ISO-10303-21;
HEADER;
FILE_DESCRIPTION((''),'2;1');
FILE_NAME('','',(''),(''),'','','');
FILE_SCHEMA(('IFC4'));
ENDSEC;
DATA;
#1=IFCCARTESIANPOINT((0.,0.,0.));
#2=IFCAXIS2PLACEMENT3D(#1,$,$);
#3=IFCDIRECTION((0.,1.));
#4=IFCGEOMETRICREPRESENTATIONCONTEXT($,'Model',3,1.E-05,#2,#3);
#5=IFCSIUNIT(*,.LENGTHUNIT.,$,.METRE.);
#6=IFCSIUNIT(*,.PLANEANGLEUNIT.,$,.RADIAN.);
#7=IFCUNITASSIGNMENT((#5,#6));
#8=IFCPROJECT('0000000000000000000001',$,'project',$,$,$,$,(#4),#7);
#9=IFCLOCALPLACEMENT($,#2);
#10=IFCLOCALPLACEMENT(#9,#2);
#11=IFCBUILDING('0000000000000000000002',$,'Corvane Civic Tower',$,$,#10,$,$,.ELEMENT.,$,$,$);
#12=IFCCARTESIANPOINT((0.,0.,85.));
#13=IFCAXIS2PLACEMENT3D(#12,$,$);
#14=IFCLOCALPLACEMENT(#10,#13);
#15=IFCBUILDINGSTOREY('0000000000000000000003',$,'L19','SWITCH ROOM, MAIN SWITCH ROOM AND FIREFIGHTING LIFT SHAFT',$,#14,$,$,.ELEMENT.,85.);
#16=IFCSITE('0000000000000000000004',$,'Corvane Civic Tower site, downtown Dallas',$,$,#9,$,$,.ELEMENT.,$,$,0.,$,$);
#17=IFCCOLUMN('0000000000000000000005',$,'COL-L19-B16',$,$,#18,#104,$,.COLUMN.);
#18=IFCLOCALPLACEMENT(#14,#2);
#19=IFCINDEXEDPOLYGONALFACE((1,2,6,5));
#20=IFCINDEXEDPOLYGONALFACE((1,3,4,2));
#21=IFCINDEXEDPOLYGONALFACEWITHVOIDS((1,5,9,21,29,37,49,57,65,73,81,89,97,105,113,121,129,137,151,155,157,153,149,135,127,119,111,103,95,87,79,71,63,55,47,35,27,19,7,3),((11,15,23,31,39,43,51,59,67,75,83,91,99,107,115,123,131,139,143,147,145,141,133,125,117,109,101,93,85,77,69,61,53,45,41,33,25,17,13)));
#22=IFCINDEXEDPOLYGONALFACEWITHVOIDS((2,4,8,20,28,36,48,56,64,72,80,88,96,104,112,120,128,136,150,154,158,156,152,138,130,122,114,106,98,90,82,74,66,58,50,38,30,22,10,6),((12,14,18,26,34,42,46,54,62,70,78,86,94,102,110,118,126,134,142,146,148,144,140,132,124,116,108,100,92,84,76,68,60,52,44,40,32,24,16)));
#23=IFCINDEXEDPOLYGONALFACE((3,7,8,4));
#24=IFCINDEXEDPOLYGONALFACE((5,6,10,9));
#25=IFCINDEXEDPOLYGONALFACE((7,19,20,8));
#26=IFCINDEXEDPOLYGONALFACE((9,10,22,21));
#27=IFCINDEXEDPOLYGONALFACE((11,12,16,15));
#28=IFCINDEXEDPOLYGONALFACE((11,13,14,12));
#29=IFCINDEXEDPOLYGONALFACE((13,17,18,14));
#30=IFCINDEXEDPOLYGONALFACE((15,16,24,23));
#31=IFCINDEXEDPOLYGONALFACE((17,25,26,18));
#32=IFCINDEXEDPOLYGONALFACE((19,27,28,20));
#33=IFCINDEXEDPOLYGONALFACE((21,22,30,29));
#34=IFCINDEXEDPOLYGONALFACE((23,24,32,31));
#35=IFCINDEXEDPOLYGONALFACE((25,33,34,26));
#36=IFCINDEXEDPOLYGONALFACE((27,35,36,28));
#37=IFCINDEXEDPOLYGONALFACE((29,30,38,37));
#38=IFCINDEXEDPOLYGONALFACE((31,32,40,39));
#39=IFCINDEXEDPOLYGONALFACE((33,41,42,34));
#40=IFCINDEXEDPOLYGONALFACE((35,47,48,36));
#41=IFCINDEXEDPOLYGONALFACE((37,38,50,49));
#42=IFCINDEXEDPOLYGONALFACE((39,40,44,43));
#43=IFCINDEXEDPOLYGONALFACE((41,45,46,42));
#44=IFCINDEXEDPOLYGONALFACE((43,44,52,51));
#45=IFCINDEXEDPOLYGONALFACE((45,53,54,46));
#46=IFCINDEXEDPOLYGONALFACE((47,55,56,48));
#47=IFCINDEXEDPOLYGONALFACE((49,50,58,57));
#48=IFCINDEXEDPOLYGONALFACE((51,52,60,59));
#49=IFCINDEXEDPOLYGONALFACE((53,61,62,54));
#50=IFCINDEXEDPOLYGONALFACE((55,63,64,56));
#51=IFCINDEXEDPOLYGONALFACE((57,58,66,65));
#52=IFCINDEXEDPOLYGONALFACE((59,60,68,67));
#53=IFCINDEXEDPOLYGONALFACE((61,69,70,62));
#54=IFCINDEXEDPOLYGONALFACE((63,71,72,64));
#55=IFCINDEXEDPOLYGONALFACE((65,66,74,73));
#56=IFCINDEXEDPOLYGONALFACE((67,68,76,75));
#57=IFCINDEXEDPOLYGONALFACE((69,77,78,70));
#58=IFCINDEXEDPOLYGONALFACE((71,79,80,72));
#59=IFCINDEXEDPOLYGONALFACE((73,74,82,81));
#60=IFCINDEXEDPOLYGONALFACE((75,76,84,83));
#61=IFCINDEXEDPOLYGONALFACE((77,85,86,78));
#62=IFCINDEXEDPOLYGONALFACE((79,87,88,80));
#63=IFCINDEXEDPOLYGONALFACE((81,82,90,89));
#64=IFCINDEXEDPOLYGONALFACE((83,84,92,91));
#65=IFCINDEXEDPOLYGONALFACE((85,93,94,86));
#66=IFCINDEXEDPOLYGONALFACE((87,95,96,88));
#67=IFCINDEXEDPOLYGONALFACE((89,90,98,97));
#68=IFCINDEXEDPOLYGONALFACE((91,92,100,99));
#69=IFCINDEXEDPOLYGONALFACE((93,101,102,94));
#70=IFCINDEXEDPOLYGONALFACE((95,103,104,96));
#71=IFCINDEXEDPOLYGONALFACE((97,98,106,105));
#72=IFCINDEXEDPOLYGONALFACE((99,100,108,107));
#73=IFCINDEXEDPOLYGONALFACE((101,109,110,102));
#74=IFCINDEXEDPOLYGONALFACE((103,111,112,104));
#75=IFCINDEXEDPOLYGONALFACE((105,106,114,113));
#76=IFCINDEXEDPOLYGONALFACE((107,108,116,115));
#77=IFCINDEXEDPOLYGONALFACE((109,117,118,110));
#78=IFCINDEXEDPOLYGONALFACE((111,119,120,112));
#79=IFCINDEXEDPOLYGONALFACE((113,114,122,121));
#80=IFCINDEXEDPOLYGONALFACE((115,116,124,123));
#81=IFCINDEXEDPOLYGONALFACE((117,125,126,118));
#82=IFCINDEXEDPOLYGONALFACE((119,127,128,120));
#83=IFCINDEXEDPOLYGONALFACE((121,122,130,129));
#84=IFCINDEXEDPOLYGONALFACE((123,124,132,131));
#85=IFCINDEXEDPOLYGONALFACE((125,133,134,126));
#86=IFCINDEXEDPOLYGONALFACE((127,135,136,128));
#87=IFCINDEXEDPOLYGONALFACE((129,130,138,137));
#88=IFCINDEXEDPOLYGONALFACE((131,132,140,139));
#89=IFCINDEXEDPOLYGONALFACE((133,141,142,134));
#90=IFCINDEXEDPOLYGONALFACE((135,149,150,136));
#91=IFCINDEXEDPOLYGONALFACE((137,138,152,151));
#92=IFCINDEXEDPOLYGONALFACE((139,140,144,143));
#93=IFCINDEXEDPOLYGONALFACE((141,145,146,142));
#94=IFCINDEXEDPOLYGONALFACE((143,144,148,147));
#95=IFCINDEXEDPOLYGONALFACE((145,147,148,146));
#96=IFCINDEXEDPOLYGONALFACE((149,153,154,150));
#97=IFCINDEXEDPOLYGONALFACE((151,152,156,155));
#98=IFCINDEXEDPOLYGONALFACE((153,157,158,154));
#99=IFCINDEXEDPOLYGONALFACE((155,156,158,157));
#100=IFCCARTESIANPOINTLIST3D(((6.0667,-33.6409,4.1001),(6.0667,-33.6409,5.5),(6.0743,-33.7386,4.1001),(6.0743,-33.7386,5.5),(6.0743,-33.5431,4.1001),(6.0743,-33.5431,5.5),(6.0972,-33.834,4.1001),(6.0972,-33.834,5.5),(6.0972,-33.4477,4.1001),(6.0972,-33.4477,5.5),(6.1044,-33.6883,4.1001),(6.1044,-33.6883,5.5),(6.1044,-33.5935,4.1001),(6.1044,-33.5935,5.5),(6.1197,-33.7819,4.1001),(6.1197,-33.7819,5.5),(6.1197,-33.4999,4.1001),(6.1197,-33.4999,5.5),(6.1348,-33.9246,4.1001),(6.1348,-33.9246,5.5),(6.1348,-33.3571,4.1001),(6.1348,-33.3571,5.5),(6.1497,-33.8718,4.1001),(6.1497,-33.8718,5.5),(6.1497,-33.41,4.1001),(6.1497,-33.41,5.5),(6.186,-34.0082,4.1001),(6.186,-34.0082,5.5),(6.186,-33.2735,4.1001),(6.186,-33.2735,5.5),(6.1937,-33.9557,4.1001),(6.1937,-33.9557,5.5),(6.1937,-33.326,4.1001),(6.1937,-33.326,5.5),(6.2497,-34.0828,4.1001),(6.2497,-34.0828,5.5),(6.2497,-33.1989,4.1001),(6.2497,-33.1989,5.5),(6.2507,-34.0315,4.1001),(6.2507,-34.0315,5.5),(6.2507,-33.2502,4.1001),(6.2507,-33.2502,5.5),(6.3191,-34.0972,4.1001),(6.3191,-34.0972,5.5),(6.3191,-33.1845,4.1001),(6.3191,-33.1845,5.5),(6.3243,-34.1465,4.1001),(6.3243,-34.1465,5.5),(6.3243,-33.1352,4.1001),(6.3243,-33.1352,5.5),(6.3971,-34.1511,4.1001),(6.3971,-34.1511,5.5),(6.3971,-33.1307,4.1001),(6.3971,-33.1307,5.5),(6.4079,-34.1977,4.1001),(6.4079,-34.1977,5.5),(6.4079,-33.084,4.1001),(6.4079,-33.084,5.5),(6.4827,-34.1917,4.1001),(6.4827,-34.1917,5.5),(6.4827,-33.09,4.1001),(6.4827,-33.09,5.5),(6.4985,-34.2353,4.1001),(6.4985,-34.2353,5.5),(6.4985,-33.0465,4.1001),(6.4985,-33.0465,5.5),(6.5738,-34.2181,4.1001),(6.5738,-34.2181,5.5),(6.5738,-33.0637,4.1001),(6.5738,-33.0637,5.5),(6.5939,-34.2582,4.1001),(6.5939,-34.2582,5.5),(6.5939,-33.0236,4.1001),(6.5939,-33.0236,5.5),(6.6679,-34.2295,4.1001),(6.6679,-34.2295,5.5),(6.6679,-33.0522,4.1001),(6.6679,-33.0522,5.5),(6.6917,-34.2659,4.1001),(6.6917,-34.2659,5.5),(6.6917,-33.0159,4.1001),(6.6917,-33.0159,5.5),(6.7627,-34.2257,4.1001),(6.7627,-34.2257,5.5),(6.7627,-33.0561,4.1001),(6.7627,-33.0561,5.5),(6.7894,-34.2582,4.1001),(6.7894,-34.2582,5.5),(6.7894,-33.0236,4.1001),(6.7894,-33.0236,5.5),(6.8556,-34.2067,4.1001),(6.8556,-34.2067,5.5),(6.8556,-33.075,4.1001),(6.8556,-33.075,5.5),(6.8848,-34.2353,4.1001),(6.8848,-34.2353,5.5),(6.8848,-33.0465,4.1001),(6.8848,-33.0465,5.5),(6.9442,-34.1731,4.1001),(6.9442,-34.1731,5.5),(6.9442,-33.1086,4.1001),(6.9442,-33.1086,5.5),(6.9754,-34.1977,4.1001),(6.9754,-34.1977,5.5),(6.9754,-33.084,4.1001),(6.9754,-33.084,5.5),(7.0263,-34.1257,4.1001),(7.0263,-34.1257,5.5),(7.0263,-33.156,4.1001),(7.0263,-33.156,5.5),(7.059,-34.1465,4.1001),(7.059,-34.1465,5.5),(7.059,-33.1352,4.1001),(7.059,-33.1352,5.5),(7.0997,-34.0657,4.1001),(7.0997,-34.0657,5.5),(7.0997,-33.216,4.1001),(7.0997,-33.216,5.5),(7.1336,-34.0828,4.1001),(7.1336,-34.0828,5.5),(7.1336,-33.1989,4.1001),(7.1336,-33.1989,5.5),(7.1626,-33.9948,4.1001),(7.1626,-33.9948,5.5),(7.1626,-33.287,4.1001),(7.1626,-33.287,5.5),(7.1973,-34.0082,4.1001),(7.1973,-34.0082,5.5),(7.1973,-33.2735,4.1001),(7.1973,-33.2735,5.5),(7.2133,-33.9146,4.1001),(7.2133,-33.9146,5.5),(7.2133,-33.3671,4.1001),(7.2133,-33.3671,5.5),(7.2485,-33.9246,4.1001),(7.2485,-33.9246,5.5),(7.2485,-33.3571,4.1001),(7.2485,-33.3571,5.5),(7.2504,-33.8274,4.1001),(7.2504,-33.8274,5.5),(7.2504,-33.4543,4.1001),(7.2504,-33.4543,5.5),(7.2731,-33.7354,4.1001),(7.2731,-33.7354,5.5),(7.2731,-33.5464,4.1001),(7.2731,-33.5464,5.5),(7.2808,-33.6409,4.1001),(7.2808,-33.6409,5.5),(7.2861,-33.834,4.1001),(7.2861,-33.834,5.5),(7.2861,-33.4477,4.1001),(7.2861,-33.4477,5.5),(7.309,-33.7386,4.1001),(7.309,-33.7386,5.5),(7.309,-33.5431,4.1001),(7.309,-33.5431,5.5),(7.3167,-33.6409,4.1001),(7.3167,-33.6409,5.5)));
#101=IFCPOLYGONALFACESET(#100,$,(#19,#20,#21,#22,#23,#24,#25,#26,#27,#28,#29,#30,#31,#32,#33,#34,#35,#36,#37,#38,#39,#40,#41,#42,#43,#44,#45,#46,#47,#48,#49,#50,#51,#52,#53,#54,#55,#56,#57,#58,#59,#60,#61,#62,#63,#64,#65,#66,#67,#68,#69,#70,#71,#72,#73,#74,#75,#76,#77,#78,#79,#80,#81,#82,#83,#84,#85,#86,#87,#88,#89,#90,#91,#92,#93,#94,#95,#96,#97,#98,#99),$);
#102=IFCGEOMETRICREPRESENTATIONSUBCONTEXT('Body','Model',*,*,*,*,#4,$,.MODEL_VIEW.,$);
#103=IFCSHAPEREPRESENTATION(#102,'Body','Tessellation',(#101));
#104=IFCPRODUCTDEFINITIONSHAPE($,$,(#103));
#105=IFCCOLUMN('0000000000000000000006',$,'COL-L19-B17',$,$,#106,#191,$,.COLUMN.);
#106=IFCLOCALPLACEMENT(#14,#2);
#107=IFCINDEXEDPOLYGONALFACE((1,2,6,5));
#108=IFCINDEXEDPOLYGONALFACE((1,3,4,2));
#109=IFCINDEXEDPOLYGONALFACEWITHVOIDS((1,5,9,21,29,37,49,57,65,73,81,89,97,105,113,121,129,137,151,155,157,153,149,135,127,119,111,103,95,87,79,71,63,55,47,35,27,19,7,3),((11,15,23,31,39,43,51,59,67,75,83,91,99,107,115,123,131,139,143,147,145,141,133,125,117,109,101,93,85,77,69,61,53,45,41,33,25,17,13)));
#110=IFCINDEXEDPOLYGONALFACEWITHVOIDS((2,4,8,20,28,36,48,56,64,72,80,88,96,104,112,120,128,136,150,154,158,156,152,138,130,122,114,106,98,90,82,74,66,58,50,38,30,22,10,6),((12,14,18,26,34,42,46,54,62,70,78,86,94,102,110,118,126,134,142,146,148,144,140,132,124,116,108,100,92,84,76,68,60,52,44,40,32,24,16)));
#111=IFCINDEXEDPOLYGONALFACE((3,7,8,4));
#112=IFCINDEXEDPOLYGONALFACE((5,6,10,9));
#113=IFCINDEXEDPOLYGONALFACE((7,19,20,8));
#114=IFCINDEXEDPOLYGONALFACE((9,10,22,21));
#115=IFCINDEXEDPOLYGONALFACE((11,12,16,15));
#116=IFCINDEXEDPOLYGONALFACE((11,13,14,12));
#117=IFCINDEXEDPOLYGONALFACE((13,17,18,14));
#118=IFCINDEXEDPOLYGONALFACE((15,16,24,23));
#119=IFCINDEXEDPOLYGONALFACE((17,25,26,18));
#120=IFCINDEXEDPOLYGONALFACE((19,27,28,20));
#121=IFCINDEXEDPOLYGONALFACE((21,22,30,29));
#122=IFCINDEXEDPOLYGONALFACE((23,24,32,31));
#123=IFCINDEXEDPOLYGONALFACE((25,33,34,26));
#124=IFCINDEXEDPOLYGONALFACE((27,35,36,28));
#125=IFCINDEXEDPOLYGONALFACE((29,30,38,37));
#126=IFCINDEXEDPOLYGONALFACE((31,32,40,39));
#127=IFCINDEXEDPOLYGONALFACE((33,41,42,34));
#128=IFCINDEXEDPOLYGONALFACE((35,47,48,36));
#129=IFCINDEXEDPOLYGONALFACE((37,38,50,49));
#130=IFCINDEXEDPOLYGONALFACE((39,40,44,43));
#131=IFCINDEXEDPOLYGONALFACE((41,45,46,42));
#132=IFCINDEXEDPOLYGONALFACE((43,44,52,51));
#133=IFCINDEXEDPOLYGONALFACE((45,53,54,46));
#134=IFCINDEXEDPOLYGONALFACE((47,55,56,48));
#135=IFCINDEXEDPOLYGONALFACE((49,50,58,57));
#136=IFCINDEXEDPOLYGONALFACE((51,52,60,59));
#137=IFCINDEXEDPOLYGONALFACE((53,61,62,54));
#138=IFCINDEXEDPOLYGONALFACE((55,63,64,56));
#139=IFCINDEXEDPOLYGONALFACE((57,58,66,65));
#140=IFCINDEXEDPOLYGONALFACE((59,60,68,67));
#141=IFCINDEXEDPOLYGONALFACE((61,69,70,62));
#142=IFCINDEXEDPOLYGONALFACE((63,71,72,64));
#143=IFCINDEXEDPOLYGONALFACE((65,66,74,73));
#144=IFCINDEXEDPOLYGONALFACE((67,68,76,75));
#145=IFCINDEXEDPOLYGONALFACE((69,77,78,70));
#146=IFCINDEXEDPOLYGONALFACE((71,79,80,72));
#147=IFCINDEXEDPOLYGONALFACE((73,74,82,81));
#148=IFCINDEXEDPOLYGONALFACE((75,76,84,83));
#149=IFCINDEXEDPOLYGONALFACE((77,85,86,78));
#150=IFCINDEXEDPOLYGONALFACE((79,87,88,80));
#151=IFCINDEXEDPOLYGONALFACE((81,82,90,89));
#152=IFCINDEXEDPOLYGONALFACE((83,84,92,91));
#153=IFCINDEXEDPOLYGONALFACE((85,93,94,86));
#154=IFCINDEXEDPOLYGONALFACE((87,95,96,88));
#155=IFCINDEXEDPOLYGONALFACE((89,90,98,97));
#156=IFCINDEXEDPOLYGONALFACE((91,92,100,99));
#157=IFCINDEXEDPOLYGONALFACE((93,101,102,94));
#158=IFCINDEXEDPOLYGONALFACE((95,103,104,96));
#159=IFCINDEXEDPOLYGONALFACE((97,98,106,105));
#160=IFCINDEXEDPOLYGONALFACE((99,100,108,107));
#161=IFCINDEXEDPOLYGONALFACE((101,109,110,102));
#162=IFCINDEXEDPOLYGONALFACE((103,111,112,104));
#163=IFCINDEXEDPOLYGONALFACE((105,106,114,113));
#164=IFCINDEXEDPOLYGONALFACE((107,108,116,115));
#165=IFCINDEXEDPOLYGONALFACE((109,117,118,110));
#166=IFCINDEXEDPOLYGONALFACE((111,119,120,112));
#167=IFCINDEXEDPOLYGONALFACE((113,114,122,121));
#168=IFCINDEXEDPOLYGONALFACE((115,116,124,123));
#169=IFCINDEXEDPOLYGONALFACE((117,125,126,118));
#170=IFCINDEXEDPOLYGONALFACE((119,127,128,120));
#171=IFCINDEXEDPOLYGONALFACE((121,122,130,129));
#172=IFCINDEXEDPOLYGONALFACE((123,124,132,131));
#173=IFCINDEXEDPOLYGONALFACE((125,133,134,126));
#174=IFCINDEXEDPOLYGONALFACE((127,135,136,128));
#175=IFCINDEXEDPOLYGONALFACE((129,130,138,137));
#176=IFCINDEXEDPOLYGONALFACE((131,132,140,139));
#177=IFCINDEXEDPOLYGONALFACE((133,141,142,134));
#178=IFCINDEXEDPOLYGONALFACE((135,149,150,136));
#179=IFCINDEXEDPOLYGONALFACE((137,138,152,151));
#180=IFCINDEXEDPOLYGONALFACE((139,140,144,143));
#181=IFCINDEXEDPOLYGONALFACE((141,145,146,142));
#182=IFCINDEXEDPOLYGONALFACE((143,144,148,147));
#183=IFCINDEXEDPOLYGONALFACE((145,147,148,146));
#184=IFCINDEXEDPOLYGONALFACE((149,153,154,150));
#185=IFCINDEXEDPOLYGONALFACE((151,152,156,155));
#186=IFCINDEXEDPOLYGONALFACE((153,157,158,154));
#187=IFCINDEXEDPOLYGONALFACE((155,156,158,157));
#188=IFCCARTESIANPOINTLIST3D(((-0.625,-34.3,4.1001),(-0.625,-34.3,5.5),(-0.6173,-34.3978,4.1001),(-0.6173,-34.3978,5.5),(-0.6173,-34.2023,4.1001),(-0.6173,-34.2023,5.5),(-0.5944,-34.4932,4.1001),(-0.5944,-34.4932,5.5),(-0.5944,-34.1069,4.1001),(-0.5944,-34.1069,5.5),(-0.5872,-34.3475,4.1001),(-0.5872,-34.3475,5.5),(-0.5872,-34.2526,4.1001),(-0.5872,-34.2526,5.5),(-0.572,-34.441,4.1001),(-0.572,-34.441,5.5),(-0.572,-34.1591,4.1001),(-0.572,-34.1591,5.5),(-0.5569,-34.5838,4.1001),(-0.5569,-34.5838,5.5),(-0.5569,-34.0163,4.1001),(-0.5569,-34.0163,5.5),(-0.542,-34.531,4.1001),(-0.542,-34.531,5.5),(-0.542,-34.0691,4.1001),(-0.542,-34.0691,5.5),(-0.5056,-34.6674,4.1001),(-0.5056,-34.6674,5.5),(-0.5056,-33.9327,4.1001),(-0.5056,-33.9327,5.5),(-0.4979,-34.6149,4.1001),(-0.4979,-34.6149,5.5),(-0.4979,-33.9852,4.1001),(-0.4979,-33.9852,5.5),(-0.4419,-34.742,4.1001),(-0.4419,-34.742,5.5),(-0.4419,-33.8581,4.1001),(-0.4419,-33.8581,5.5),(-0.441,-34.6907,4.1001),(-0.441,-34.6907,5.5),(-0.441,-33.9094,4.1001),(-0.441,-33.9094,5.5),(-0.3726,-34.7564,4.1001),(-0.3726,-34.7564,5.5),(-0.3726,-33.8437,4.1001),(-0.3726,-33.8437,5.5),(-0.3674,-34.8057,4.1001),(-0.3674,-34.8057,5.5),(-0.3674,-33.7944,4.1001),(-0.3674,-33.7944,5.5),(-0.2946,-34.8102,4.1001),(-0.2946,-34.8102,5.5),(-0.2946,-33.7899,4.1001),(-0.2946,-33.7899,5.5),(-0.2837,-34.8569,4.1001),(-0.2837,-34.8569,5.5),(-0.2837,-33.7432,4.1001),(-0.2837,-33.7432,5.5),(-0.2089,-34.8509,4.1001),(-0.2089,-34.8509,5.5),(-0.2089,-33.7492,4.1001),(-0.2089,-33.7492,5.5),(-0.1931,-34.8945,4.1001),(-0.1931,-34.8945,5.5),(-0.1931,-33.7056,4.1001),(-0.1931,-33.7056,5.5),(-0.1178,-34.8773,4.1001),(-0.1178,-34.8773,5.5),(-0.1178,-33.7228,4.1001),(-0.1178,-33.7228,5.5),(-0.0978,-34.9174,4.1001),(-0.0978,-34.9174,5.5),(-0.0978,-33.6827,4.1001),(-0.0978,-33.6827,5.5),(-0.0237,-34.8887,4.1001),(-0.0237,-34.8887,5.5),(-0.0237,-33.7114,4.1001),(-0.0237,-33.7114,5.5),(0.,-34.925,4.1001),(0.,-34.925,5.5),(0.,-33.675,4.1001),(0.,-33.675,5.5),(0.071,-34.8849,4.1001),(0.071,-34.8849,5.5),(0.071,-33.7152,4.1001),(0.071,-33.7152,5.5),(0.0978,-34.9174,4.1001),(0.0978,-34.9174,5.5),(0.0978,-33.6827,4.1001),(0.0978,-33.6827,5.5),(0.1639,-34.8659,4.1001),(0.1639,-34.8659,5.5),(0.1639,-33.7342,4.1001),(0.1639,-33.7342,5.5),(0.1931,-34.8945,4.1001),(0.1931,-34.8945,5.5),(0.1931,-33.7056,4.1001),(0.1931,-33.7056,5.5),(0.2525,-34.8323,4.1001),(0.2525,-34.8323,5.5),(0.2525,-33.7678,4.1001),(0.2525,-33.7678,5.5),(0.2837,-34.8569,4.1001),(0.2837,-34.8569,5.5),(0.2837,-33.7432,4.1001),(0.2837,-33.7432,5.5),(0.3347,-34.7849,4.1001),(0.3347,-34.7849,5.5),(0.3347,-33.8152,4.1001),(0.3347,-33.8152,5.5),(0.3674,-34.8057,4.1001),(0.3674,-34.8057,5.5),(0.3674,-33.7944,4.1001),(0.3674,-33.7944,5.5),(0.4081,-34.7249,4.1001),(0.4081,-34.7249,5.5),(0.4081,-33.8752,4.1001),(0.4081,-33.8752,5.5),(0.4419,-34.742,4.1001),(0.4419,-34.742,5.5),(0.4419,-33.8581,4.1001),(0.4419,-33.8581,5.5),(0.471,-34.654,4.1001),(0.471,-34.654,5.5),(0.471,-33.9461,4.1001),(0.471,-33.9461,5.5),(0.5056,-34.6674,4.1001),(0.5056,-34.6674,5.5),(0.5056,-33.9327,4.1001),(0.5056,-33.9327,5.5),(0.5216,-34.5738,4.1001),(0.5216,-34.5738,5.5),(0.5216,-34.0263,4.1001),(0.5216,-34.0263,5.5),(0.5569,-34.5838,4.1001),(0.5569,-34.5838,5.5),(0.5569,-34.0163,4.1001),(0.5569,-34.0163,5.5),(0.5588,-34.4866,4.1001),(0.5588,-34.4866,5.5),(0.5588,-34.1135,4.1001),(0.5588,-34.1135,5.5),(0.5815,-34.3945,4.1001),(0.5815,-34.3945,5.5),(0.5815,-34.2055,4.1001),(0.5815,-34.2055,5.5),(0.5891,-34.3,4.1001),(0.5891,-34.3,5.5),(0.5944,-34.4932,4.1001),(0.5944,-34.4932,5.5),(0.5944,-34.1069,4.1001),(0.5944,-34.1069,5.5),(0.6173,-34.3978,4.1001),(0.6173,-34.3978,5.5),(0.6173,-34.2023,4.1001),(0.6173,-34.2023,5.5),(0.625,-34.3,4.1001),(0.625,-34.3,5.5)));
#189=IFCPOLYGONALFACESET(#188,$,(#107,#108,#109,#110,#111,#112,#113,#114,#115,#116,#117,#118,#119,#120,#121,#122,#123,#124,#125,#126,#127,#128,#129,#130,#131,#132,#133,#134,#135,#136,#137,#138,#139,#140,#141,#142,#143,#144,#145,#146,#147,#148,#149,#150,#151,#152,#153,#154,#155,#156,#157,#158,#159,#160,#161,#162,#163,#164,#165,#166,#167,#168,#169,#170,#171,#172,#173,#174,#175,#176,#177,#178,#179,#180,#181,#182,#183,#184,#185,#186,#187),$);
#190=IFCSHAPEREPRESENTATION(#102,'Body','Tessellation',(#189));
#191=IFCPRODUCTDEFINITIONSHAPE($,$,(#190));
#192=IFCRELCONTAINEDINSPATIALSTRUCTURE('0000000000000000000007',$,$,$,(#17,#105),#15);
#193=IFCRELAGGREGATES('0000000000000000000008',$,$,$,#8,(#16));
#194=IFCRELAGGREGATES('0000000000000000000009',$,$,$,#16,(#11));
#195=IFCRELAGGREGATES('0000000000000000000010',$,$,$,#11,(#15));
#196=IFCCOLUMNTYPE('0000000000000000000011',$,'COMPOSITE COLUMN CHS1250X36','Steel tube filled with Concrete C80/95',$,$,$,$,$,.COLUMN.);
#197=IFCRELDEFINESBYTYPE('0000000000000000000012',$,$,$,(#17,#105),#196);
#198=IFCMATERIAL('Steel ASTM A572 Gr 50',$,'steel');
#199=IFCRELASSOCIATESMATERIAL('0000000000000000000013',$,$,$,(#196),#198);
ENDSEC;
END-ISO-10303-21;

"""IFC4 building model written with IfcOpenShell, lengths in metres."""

from ifc_helpers import new_model, si_unit, direction, frame, origin, origin_2d, place, context, subcontext, project, spatial, hollow_circle, extrude, material, material_profile, profile_set, type_object, element, save


model = new_model("IFC4")

# Units and contexts
model_context = context("Model", 3, precision=1e-05, world=origin(), true_north=direction((0.0, 1.0)))
body_context = subcontext(model_context, "Body", "Model", "MODEL_VIEW")
ifc_project = project(units=[si_unit("LENGTHUNIT", "METRE"), si_unit("PLANEANGLEUNIT", "RADIAN")], contexts=[model_context])

# Site, building, storey
site_placement = place(None, origin())
site = spatial("IfcSite", under=ifc_project, at=site_placement, Name="Corvane Civic Tower site, downtown Dallas", CompositionType="ELEMENT", RefElevation=0.0)
building_placement = place(site_placement, origin())
building = spatial("IfcBuilding", under=site, at=building_placement, Name="Corvane Civic Tower", CompositionType="ELEMENT")
storey_placement = place(building_placement, frame((0.0, 0.0, 85.0)))
storey = spatial("IfcBuildingStorey", under=building, at=storey_placement, Name="L19", Description="SWITCH ROOM, MAIN SWITCH ROOM AND FIREFIGHTING LIFT SHAFT", CompositionType="ELEMENT", Elevation=85.0)

# Columns
ifc_material_1 = material(Name="Steel ASTM A572 Gr 50", Category="steel")
ifc_material_profile_1 = material_profile(ifc_material_1, hollow_circle(Radius=0.625, WallThickness=0.0359, at=origin_2d()), Name="CHS1250X36")
ifc_profile_set_1 = profile_set([ifc_material_profile_1], Name="Steel ASTM A572 Gr 50")
column_type_1 = type_object("IfcColumnType", Name="COMPOSITE COLUMN CHS1250X36", Description="Steel tube filled with Concrete C80/95", PredefinedType="COLUMN", material=ifc_profile_set_1)
for number, where, z_axis, x_axis, name in (
    (1, (6.6917, -33.6409, 4.1001), (0.0, 0.0, 1.0), (1.0, 0.0, 0.0), "COL-L19-B16"),
    (2, (0.0, -34.3, 4.1001), (0.0, 0.0, 1.0), (1.0, 0.0, 0.0), "COL-L19-B17"),
):
    element("IfcColumn", number, at=place(storey_placement, frame(where, z_axis=z_axis, x_axis=x_axis)), inside=storey, type_object=column_type_1, Name=name, PredefinedType="COLUMN", context=body_context, shape_type="SweptSolid", body=[
        extrude(hollow_circle(Radius=0.625, WallThickness=0.0359, at=origin_2d()), origin(), (0.0, 0.0, 1.0), 1.3999),
    ])

save(model, "model.ifc")
